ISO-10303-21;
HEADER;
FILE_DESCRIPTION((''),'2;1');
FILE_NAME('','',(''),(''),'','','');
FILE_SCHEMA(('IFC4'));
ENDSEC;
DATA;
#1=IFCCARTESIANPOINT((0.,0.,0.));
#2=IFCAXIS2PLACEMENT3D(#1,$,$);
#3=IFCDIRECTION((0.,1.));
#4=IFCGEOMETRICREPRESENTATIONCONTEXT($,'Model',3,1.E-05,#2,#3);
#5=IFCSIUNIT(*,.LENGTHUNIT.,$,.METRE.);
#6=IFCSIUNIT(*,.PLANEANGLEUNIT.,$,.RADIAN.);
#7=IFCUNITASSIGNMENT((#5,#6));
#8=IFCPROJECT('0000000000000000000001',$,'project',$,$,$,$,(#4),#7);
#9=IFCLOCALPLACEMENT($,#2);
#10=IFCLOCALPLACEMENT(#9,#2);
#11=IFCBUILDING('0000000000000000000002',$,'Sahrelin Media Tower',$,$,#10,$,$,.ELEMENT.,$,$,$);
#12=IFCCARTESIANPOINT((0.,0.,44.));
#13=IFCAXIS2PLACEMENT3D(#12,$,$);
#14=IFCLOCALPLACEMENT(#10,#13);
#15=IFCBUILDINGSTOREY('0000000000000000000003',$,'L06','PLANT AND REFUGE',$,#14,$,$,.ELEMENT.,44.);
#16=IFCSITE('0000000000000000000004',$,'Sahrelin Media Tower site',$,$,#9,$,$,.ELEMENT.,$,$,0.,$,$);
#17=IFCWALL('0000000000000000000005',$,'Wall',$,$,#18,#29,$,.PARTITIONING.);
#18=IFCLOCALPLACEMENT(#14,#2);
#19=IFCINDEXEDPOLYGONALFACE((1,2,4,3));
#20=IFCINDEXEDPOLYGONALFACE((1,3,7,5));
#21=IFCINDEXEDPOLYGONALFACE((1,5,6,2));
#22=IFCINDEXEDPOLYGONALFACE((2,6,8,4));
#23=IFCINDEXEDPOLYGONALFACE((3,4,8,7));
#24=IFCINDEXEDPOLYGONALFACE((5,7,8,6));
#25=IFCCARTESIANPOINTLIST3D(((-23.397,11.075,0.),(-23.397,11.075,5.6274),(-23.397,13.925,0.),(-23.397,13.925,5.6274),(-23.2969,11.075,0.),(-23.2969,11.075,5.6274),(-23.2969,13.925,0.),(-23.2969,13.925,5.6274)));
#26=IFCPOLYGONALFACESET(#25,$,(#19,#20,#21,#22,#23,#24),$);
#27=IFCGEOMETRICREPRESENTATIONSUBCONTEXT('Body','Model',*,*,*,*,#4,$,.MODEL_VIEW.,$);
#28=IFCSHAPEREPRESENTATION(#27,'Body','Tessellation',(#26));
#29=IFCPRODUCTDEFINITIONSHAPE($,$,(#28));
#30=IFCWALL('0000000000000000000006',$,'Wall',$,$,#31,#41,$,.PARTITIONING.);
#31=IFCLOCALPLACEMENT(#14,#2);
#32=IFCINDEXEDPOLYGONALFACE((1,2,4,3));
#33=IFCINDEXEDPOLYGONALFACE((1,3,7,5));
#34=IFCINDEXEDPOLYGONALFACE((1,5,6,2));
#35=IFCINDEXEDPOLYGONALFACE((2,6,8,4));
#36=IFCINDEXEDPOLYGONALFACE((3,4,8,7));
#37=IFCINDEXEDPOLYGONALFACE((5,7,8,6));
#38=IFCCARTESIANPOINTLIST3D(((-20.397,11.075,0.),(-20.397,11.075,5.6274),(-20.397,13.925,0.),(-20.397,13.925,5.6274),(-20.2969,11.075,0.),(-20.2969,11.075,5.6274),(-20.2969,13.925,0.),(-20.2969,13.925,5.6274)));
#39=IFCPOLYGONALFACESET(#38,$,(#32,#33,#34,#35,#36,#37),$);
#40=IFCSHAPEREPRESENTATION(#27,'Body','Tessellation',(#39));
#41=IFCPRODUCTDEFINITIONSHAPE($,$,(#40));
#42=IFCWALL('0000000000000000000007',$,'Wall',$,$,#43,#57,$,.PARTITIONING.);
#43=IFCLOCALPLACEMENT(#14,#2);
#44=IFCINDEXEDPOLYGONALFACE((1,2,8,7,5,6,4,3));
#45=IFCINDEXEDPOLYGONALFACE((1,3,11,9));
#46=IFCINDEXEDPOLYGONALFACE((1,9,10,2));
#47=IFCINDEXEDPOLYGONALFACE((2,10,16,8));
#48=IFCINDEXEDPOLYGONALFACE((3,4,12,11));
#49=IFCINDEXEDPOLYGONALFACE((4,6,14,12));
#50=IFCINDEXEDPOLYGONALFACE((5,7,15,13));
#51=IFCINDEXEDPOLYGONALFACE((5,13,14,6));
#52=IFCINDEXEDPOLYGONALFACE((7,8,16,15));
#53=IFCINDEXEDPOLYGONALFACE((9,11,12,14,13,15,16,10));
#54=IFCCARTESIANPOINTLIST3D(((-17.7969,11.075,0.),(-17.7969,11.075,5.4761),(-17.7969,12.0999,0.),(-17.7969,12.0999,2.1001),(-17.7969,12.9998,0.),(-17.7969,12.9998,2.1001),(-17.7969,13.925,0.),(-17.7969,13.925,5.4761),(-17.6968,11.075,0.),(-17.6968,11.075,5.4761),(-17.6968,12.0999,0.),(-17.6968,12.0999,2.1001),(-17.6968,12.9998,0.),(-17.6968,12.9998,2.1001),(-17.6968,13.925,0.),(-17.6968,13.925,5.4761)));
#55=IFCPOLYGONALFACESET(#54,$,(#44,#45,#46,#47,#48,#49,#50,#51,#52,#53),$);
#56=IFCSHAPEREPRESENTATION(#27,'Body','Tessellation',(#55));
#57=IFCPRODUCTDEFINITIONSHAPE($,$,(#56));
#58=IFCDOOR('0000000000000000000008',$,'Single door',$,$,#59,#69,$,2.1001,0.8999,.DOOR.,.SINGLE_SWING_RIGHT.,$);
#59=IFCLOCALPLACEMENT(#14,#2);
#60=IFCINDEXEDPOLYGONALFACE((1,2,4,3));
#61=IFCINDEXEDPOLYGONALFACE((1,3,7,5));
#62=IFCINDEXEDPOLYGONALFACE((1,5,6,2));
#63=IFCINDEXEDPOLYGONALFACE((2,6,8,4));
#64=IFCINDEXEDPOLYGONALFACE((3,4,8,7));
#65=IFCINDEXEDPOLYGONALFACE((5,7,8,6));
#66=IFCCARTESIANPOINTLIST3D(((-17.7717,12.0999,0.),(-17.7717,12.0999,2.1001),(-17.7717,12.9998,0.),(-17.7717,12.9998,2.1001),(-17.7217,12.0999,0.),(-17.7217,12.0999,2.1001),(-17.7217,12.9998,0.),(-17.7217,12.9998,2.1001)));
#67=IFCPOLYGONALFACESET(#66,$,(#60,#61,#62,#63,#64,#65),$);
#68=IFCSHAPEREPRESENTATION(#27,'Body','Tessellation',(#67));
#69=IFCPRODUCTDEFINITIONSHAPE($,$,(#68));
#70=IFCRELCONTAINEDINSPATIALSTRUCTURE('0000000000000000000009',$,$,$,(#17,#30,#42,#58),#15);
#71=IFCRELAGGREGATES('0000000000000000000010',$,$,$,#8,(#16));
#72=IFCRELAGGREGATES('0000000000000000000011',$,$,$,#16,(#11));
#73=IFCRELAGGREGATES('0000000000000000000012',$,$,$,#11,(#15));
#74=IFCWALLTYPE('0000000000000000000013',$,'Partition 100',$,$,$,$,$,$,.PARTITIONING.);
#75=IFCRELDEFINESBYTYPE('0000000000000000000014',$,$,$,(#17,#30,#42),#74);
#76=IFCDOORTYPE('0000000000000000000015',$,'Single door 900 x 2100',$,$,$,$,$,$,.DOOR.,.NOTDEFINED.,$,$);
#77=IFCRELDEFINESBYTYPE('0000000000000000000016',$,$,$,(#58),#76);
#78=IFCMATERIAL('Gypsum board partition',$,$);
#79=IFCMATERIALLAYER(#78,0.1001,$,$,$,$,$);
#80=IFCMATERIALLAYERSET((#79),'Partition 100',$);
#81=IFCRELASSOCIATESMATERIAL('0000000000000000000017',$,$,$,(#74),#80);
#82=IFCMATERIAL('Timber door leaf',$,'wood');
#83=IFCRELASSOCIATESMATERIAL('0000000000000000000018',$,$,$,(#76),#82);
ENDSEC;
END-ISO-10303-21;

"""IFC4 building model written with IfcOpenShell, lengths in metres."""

from ifc_helpers import new_model, si_unit, direction, frame, frame_2d, origin, place, context, subcontext, project, spatial, rectangle, extrude, material, layer, layer_set, type_object, element, fill, save


model = new_model("IFC4")

# Units and contexts
model_context = context("Model", 3, precision=1e-05, world=origin(), true_north=direction((0.0, 1.0)))
body_context = subcontext(model_context, "Body", "Model", "MODEL_VIEW")
ifc_project = project(units=[si_unit("LENGTHUNIT", "METRE"), si_unit("PLANEANGLEUNIT", "RADIAN")], contexts=[model_context])

# Site, building, storey
site_placement = place(None, origin())
site = spatial("IfcSite", under=ifc_project, at=site_placement, Name="Sahrelin Media Tower site", CompositionType="ELEMENT", RefElevation=0.0)
building_placement = place(site_placement, origin())
building = spatial("IfcBuilding", under=site, at=building_placement, Name="Sahrelin Media Tower", CompositionType="ELEMENT")
storey_placement = place(building_placement, frame((0.0, 0.0, 44.0)))
storey = spatial("IfcBuildingStorey", under=building, at=storey_placement, Name="L06", Description="PLANT AND REFUGE", CompositionType="ELEMENT", Elevation=44.0)

# Walls
ifc_material_1 = material(Name="Gypsum board partition")
ifc_layer_1 = layer(ifc_material_1, 0.1001)
ifc_layer_set_1 = layer_set([ifc_layer_1], Name="Partition 100")
wall_type_1 = type_object("IfcWallType", Name="Partition 100", PredefinedType="PARTITIONING", material=ifc_layer_set_1)
for number, where, z_axis, x_axis, name in (
    (1, (-23.3469, 11.075, 0.0), (0.0, 0.0, 1.0), (0.0, 1.0, 0.0), "Wall"),
    (2, (-20.3469, 11.075, 0.0), (0.0, 0.0, 1.0), (0.0, 1.0, 0.0), "Wall"),
):
    element("IfcWall", number, at=place(storey_placement, frame(where, z_axis=z_axis, x_axis=x_axis)), inside=storey, type_object=wall_type_1, Name=name, PredefinedType="PARTITIONING", context=body_context, shape_type="SweptSolid", body=[
        extrude(rectangle(XDim=2.8501, YDim=0.1001, at=frame_2d((1.425, 0.0))), origin(), (0.0, 0.0, 1.0), 5.6274),
    ])

# Wall, opening, door
wall_1_placement = place(storey_placement, frame((-17.7468, 11.075, 0.0), z_axis=(0.0, 0.0, 1.0), x_axis=(0.0, 1.0, 0.0)))
wall_1 = element("IfcWall", 3, at=wall_1_placement, inside=storey, type_object=wall_type_1, Name="Wall", PredefinedType="PARTITIONING", context=body_context, shape_type="SweptSolid", body=[
    extrude(rectangle(XDim=2.8501, YDim=0.1001, at=frame_2d((1.425, 0.0))), origin(), (0.0, 0.0, 1.0), 5.4761),
])
opening_1_placement = place(wall_1_placement, frame((1.0249, 0.0, 0.0)))
opening_1 = element("IfcOpeningElement", 4, at=opening_1_placement, cuts=wall_1, PredefinedType="OPENING", context=body_context, shape_type="SweptSolid", body=[
    extrude(rectangle(XDim=0.8999, YDim=2.1001, at=frame_2d((0.45, 1.05))), frame((0.0, 0.05, 0.0), z_axis=(0.0, -1.0, 0.0), x_axis=(1.0, 0.0, 0.0)), (0.0, 0.0, 1.0), 0.1001),
])
ifc_material_2 = material(Name="Timber door leaf", Category="wood")
door_type_1 = type_object("IfcDoorType", Name="Single door 900 x 2100", OperationType="NOTDEFINED", PredefinedType="DOOR", material=ifc_material_2)
door_1_placement = place(opening_1_placement, origin())
door_1 = element("IfcDoor", 5, at=door_1_placement, inside=storey, type_object=door_type_1, Name="Single door", OperationType="SINGLE_SWING_RIGHT", OverallHeight=2.1001, OverallWidth=0.8999, PredefinedType="DOOR", context=body_context, shape_type="SweptSolid", body=[
    extrude(rectangle(XDim=0.8999, YDim=2.1001, at=frame_2d((0.45, 1.05))), frame((0.0, 0.0249, 0.0), z_axis=(0.0, -1.0, 0.0), x_axis=(1.0, 0.0, 0.0)), (0.0, 0.0, 1.0), 0.05),
])
fill(opening_1, door_1)

save(model, "model.ifc")
